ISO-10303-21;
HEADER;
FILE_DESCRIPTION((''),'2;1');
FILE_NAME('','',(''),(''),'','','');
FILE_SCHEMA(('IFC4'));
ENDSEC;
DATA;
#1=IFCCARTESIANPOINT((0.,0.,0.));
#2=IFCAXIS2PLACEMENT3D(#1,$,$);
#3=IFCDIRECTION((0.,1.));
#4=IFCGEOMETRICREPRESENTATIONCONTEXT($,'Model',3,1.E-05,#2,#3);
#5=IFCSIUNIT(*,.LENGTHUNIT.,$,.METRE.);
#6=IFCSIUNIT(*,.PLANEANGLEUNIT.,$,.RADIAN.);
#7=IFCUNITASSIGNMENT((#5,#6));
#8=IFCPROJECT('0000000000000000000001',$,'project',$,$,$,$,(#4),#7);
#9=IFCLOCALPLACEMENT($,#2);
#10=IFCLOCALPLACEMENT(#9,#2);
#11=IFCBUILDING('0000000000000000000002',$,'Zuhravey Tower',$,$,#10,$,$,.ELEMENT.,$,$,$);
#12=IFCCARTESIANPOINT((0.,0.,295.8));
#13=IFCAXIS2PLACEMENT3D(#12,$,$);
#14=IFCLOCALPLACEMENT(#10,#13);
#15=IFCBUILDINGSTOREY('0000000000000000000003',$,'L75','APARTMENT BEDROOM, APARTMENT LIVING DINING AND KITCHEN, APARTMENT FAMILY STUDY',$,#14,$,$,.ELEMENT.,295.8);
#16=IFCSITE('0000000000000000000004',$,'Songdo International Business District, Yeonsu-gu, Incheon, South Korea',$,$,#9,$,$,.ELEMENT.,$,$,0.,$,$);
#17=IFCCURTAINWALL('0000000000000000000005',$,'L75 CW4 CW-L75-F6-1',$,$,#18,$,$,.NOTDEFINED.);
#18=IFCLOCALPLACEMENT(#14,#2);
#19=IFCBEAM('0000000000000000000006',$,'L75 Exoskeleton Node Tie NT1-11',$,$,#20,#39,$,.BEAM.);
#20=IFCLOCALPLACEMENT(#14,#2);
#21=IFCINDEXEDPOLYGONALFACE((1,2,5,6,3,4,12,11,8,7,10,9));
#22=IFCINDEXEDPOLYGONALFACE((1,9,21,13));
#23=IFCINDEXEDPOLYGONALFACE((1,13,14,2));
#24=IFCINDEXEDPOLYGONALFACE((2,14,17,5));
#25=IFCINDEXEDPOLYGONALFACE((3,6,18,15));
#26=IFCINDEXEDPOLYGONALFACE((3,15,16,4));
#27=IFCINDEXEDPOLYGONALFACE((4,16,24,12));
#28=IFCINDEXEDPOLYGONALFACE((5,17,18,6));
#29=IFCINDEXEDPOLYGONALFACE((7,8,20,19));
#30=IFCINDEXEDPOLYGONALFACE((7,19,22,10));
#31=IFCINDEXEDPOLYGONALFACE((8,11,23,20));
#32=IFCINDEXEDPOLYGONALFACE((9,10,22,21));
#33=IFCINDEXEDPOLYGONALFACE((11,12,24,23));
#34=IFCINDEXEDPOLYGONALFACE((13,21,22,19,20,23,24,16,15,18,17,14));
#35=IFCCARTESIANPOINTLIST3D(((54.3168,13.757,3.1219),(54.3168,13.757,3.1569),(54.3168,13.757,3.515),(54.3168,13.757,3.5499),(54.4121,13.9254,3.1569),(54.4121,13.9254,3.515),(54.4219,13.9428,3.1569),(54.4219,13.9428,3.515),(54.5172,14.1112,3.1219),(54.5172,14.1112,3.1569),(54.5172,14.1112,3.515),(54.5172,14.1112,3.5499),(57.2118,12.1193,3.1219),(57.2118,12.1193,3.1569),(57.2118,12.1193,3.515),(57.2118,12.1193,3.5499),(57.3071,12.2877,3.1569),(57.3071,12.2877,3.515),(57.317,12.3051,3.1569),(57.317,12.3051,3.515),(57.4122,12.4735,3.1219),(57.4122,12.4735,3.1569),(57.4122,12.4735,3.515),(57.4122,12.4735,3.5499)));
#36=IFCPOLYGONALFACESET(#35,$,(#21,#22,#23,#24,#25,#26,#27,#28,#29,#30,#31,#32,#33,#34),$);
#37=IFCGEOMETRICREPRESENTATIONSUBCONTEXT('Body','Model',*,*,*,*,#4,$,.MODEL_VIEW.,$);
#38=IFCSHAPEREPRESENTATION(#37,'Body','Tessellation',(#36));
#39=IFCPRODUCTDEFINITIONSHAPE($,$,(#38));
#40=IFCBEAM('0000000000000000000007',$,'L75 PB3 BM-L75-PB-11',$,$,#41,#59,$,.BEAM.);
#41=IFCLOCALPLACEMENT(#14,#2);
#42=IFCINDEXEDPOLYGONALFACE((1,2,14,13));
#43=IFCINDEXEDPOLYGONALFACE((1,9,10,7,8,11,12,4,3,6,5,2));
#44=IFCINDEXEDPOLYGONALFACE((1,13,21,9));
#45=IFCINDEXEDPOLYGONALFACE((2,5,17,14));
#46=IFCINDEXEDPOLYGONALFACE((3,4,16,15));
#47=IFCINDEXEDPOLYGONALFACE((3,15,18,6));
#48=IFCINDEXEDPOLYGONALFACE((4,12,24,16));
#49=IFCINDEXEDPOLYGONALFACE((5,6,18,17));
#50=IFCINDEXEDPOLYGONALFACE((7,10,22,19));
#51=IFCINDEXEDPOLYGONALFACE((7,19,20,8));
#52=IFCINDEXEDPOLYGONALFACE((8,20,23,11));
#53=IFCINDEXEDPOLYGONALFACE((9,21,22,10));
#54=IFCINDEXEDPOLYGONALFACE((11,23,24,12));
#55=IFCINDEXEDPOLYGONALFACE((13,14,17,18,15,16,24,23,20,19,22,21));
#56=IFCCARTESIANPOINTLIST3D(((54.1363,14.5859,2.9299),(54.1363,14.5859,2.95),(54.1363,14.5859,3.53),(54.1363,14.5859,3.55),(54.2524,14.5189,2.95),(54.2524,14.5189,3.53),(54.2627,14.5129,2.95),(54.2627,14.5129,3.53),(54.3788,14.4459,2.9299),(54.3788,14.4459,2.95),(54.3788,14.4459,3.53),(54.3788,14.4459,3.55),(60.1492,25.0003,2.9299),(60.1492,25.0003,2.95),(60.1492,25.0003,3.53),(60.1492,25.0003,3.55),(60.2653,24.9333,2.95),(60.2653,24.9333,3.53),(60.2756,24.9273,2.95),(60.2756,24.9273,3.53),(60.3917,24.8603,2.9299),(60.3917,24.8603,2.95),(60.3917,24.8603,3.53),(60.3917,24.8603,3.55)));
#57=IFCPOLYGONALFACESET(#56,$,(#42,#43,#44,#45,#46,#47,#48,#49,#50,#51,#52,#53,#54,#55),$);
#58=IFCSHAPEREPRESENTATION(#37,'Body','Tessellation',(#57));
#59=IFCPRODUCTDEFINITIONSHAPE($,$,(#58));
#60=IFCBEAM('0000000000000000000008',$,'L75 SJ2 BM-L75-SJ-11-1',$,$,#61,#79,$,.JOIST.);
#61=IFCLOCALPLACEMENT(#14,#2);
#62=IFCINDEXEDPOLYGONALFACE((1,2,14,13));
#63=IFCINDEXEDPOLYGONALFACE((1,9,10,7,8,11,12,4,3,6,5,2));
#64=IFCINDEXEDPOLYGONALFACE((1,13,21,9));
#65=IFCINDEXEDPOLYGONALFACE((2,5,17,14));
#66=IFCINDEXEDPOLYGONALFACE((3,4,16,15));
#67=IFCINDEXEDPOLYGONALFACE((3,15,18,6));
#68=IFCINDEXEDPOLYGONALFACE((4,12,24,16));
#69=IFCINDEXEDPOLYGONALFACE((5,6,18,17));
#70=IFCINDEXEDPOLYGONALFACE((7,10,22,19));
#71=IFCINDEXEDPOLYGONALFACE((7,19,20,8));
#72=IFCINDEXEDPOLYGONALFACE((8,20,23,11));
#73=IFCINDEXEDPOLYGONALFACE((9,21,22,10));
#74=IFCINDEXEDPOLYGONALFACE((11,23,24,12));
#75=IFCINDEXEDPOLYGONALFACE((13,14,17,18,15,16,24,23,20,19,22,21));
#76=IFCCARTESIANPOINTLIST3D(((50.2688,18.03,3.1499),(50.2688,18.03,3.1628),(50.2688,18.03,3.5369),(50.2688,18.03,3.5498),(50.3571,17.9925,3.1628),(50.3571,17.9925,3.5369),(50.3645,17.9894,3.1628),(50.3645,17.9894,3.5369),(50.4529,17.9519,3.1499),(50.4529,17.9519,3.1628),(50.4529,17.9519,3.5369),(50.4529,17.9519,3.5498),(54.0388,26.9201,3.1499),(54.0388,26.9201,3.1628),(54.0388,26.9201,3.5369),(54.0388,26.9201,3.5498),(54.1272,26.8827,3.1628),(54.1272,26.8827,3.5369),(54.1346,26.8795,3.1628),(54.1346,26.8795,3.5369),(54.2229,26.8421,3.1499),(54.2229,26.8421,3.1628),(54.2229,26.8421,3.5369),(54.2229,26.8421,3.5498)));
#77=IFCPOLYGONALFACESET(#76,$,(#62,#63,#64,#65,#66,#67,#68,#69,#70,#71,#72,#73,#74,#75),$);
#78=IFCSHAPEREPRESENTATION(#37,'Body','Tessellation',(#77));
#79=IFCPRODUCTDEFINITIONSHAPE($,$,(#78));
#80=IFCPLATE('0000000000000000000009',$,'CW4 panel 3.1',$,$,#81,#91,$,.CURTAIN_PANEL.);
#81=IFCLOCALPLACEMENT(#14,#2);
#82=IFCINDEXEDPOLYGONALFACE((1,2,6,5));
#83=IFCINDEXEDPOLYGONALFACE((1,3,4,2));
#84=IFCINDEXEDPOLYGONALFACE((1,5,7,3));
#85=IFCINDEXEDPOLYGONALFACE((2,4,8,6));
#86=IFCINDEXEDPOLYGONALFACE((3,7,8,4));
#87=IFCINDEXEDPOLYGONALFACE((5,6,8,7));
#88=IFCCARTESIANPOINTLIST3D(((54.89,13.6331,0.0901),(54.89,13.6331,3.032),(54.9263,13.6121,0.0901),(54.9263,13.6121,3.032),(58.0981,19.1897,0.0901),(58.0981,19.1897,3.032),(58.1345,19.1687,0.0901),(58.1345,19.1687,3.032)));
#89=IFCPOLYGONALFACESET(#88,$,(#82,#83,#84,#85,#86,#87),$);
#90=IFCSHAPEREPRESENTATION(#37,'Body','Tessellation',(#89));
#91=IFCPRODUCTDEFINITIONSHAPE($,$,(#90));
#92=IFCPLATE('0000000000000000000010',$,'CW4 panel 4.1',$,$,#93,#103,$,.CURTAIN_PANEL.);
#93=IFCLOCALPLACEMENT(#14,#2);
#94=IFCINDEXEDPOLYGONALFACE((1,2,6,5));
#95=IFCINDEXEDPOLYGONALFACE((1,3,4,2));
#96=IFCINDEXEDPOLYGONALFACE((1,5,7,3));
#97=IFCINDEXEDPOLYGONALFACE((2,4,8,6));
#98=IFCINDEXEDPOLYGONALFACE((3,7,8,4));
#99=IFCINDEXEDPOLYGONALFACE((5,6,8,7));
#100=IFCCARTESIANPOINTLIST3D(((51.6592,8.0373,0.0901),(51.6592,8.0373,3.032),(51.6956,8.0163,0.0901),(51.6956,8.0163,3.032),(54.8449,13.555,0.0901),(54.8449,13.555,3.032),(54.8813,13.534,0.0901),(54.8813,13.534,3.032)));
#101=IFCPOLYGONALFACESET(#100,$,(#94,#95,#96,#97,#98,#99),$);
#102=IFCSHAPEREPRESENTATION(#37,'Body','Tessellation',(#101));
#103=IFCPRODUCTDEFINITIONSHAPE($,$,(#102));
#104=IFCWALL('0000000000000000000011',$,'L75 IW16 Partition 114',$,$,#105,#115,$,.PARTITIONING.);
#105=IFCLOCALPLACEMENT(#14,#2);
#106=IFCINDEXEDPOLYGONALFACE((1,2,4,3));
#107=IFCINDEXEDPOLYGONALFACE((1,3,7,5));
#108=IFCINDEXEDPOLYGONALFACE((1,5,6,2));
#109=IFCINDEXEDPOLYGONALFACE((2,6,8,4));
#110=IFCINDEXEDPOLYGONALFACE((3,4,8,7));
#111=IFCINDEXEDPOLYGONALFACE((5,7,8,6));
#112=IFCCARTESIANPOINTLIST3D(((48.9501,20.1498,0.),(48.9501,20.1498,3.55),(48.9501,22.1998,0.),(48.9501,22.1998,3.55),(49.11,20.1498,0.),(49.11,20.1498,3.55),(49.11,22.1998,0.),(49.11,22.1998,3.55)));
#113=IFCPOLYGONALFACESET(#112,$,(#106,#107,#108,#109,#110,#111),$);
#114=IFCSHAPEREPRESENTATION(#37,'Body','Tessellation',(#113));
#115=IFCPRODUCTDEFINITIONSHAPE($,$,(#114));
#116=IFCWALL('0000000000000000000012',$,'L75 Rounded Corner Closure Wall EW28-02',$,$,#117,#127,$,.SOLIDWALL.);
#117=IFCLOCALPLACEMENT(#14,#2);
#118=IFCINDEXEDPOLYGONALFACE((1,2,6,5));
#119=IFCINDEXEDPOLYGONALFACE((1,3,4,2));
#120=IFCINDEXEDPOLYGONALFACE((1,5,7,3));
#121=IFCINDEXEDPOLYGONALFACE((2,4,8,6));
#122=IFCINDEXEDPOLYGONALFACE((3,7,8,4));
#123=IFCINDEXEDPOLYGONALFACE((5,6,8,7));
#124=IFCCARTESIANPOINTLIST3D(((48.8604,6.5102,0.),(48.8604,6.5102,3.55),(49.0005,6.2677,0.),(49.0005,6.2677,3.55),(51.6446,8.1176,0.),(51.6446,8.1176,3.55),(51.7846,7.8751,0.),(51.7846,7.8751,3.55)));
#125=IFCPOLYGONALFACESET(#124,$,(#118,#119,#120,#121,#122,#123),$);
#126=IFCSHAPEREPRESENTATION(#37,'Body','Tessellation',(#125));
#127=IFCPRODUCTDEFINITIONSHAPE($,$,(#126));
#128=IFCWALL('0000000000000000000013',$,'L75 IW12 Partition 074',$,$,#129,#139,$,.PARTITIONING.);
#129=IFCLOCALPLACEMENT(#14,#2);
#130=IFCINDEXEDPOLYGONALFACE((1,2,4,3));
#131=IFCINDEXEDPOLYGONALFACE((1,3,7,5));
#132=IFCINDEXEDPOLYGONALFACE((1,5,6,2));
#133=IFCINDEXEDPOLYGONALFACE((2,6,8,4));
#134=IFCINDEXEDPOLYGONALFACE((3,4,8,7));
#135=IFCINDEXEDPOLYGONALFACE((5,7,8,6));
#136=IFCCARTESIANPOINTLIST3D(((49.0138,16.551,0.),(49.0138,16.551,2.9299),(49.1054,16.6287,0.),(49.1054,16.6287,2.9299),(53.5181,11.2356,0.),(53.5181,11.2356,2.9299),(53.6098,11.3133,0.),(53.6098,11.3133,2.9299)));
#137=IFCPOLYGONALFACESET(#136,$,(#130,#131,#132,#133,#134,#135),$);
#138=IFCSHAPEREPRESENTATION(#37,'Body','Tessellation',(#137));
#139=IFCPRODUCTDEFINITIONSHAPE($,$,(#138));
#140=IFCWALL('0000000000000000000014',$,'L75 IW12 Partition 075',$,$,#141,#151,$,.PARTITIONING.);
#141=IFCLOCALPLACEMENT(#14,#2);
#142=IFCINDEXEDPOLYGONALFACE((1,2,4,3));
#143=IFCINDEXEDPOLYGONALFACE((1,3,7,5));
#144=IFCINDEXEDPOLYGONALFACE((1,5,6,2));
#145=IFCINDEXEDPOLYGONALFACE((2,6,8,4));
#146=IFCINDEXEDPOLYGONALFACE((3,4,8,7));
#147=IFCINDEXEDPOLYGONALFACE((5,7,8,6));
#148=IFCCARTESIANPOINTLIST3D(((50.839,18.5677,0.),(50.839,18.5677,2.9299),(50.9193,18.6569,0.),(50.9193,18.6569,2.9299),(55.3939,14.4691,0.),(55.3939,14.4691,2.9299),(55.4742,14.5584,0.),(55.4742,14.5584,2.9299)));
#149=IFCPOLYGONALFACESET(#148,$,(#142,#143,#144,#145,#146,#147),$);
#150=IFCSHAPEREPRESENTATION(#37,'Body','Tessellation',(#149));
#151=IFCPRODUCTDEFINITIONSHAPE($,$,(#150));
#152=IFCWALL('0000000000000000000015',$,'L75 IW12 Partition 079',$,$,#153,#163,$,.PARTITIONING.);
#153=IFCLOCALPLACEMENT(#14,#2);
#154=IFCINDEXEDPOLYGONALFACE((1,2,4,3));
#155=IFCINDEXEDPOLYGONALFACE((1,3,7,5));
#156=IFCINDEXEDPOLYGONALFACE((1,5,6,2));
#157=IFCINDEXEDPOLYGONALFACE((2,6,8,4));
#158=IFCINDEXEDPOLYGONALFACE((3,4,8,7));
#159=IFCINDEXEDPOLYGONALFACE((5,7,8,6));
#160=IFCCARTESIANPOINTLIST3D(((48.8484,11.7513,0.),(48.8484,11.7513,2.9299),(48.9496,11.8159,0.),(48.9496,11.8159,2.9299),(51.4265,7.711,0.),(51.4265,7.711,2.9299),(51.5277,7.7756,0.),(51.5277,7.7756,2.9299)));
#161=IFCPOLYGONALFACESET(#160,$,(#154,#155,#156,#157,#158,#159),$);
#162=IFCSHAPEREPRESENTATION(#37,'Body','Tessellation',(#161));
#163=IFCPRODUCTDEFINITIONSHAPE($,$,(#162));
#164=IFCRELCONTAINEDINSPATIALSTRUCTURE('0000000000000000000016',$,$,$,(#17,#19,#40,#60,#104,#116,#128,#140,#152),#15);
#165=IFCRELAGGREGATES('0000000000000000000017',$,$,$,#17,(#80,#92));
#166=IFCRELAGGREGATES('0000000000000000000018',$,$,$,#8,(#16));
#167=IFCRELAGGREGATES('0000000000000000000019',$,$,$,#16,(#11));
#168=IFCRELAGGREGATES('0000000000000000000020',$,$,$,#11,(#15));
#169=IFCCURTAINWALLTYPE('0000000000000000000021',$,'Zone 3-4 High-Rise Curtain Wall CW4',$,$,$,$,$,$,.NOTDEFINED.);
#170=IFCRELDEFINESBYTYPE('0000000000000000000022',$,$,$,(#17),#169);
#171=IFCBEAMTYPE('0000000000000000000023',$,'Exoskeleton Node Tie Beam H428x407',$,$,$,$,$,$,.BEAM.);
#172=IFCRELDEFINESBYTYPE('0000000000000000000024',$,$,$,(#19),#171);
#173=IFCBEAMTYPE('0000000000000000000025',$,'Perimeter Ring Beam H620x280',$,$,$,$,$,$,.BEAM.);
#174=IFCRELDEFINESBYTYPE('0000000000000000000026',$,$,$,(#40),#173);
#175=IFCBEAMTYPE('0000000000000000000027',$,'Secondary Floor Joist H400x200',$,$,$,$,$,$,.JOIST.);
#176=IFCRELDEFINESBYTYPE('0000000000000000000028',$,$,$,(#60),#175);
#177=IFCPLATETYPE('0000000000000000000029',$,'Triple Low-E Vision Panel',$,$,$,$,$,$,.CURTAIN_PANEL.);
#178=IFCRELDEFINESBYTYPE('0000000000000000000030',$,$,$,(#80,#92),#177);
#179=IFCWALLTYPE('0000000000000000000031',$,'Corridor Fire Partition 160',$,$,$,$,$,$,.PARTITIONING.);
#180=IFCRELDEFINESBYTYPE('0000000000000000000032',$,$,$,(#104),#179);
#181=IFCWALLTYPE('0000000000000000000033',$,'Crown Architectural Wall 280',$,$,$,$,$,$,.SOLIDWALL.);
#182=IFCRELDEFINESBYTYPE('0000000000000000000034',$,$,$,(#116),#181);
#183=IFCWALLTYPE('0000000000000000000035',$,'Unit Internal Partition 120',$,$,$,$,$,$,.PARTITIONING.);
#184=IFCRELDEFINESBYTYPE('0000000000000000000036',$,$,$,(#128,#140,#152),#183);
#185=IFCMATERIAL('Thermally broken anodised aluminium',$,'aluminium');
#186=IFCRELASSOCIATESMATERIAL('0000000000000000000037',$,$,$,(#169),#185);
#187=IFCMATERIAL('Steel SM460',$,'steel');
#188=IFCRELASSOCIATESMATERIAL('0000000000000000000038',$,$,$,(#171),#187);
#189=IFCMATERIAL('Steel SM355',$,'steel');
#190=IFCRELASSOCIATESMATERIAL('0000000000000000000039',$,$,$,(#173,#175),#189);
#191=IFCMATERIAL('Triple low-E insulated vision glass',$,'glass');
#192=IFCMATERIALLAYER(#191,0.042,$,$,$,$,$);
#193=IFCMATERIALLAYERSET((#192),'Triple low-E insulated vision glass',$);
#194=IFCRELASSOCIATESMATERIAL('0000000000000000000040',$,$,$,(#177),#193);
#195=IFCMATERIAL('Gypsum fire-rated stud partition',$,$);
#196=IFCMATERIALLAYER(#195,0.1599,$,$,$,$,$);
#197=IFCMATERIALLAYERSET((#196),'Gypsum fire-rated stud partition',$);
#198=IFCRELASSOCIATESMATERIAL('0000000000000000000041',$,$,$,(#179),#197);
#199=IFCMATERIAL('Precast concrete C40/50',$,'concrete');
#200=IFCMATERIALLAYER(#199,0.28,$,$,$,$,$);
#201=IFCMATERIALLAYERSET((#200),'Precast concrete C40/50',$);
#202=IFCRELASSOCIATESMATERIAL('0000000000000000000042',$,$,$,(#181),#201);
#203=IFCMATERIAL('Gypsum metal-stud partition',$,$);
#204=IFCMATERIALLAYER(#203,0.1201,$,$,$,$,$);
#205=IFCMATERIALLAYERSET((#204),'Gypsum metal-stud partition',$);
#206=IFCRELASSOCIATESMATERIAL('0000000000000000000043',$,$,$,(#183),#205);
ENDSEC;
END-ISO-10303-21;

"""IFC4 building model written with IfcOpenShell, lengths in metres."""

from ifc_helpers import new_model, si_unit, direction, frame, frame_2d, origin, origin_2d, place, context, subcontext, project, spatial, rectangle, i_section, extrude, material, layer, layer_set, material_profile, profile_set, type_object, element, aggregate, save


model = new_model("IFC4")

# Units and contexts
model_context = context("Model", 3, precision=1e-05, world=origin(), true_north=direction((0.0, 1.0)))
body_context = subcontext(model_context, "Body", "Model", "MODEL_VIEW")
ifc_project = project(units=[si_unit("LENGTHUNIT", "METRE"), si_unit("PLANEANGLEUNIT", "RADIAN")], contexts=[model_context])

# Site, building, storey
site_placement = place(None, origin())
site = spatial("IfcSite", under=ifc_project, at=site_placement, Name="Songdo International Business District, Yeonsu-gu, Incheon, South Korea", CompositionType="ELEMENT", RefElevation=0.0)
building_placement = place(site_placement, origin())
building = spatial("IfcBuilding", under=site, at=building_placement, Name="Zuhravey Tower", CompositionType="ELEMENT")
storey_placement = place(building_placement, frame((0.0, 0.0, 295.8)))
storey = spatial("IfcBuildingStorey", under=building, at=storey_placement, Name="L75", Description="APARTMENT BEDROOM, APARTMENT LIVING DINING AND KITCHEN, APARTMENT FAMILY STUDY", CompositionType="ELEMENT", Elevation=295.8)

# Curtain wall
ifc_material_1 = material(Name="Thermally broken anodised aluminium", Category="aluminium")
curtain_wall_type = type_object("IfcCurtainWallType", Name="Zone 3-4 High-Rise Curtain Wall CW4", PredefinedType="NOTDEFINED", material=ifc_material_1)
curtain_wall_1_placement = place(storey_placement, origin())
curtain_wall_1 = element("IfcCurtainWall", 1, at=curtain_wall_1_placement, inside=storey, type_object=curtain_wall_type, Name="L75 CW4 CW-L75-F6-1", PredefinedType="NOTDEFINED")

# Beams
ifc_material_2 = material(Name="Steel SM460", Category="steel")
ifc_material_profile_1 = material_profile(ifc_material_2, i_section(OverallWidth=0.407, OverallDepth=0.428, WebThickness=0.02, FlangeThickness=0.0349, at=origin_2d()), Name="H-428x407x20x35")
ifc_profile_set_1 = profile_set([ifc_material_profile_1], Name="Steel SM460")
beam_type_1 = type_object("IfcBeamType", Name="Exoskeleton Node Tie Beam H428x407", PredefinedType="BEAM", material=ifc_profile_set_1)
beam_1_placement = place(storey_placement, frame((54.417, 13.9341, 3.3359), z_axis=(0.870385, -0.492372, 0.0), x_axis=(0.492372, 0.870385, 0.0)))
element("IfcBeam", 2, at=beam_1_placement, inside=storey, type_object=beam_type_1, Name="L75 Exoskeleton Node Tie NT1-11", PredefinedType="BEAM", context=body_context, shape_type="SweptSolid", body=[
    extrude(i_section(OverallWidth=0.407, OverallDepth=0.428, WebThickness=0.02, FlangeThickness=0.0349, at=origin_2d()), origin(), (0.0, 0.0, 1.0), 3.3262),
])
ifc_material_3 = material(Name="Steel SM355", Category="steel")
ifc_material_profile_2 = material_profile(ifc_material_3, i_section(OverallWidth=0.28, OverallDepth=0.6201, WebThickness=0.012, FlangeThickness=0.02, at=origin_2d()), Name="H-620x280x12x20")
ifc_profile_set_2 = profile_set([ifc_material_profile_2], Name="Steel SM355")
beam_type_2 = type_object("IfcBeamType", Name="Perimeter Ring Beam H620x280", PredefinedType="BEAM", material=ifc_profile_set_2)
beam_2_placement = place(storey_placement, frame((54.2576, 14.5159, 3.24), z_axis=(0.500006, 0.866022, 0.0), x_axis=(-0.866022, 0.500006, 0.0)))
element("IfcBeam", 3, at=beam_2_placement, inside=storey, type_object=beam_type_2, Name="L75 PB3 BM-L75-PB-11", PredefinedType="BEAM", context=body_context, shape_type="SweptSolid", body=[
    extrude(i_section(OverallWidth=0.28, OverallDepth=0.6201, WebThickness=0.012, FlangeThickness=0.02, at=origin_2d()), origin(), (0.0, 0.0, 1.0), 12.0256),
])
ifc_material_profile_3 = material_profile(ifc_material_3, i_section(OverallWidth=0.2, OverallDepth=0.3999, WebThickness=0.0081, FlangeThickness=0.0129, at=origin_2d()), Name="H-400x200x8x13")
ifc_profile_set_3 = profile_set([ifc_material_profile_3], Name="Steel SM355")
beam_type_3 = type_object("IfcBeamType", Name="Secondary Floor Joist H400x200", PredefinedType="JOIST", material=ifc_profile_set_3)
beam_3_placement = place(storey_placement, frame((50.3608, 17.991, 3.3499), z_axis=(0.390413, 0.92064, 0.0), x_axis=(-0.92064, 0.390413, 0.0)))
element("IfcBeam", 4, at=beam_3_placement, inside=storey, type_object=beam_type_3, Name="L75 SJ2 BM-L75-SJ-11-1", PredefinedType="JOIST", context=body_context, shape_type="SweptSolid", body=[
    extrude(i_section(OverallWidth=0.2, OverallDepth=0.3999, WebThickness=0.0081, FlangeThickness=0.0129, at=origin_2d()), origin(), (0.0, 0.0, 1.0), 9.6565),
])

# Plates
ifc_material_4 = material(Name="Triple low-E insulated vision glass", Category="glass")
ifc_layer_1 = layer(ifc_material_4, 0.042)
ifc_layer_set_1 = layer_set([ifc_layer_1], Name="Triple low-E insulated vision glass")
plate_type = type_object("IfcPlateType", Name="Triple Low-E Vision Panel", PredefinedType="CURTAIN_PANEL", material=ifc_layer_set_1)
plate_1_placement = place(storey_placement, frame((56.5122, 16.4009, 0.0901), z_axis=(0.0, 0.0, 1.0), x_axis=(-0.500001, -0.866025, 0.0)))
plate_1 = element("IfcPlate", 5, at=plate_1_placement, type_object=plate_type, Name="CW4 panel 3.1", PredefinedType="CURTAIN_PANEL", context=body_context, shape_type="SweptSolid", body=[
    extrude(rectangle(XDim=6.4163, YDim=0.042, at=origin_2d()), origin(), (0.0, 0.0, 1.0), 2.9419),
])
plate_2_placement = place(storey_placement, frame((53.2703, 10.7856, 0.0901), z_axis=(0.0, 0.0, 1.0), x_axis=(-0.500001, -0.866025, 0.0)))
plate_2 = element("IfcPlate", 6, at=plate_2_placement, type_object=plate_type, Name="CW4 panel 4.1", PredefinedType="CURTAIN_PANEL", context=body_context, shape_type="SweptSolid", body=[
    extrude(rectangle(XDim=6.3713, YDim=0.042, at=origin_2d()), origin(), (0.0, 0.0, 1.0), 2.9419),
])
aggregate(curtain_wall_1, [plate_1, plate_2])

# Walls
ifc_material_5 = material(Name="Gypsum fire-rated stud partition")
ifc_layer_2 = layer(ifc_material_5, 0.1599)
ifc_layer_set_2 = layer_set([ifc_layer_2], Name="Gypsum fire-rated stud partition")
wall_type_1 = type_object("IfcWallType", Name="Corridor Fire Partition 160", PredefinedType="PARTITIONING", material=ifc_layer_set_2)
wall_1_placement = place(storey_placement, frame((49.03, 20.1499, 0.0), z_axis=(0.0, 0.0, 1.0), x_axis=(0.0, 1.0, 0.0)))
element("IfcWall", 7, at=wall_1_placement, inside=storey, type_object=wall_type_1, Name="L75 IW16 Partition 114", PredefinedType="PARTITIONING", context=body_context, shape_type="SweptSolid", body=[
    extrude(rectangle(XDim=2.05, YDim=0.1599, at=frame_2d((1.0249, 0.0))), origin(), (0.0, 0.0, 1.0), 3.55),
])
ifc_material_6 = material(Name="Precast concrete C40/50", Category="concrete")
ifc_layer_3 = layer(ifc_material_6, 0.28)
ifc_layer_set_3 = layer_set([ifc_layer_3], Name="Precast concrete C40/50")
wall_type_2 = type_object("IfcWallType", Name="Crown Architectural Wall 280", PredefinedType="SOLIDWALL", material=ifc_layer_set_3)
wall_2_placement = place(storey_placement, frame((51.7146, 7.9963, 0.0), z_axis=(0.0, 0.0, 1.0), x_axis=(-0.866029, -0.499994, 0.0)))
element("IfcWall", 8, at=wall_2_placement, inside=storey, type_object=wall_type_2, Name="L75 Rounded Corner Closure Wall EW28-02", PredefinedType="SOLIDWALL", context=body_context, shape_type="SweptSolid", body=[
    extrude(rectangle(XDim=3.2148, YDim=0.28, at=frame_2d((1.6074, 0.0))), origin(), (0.0, 0.0, 1.0), 3.55),
])
ifc_material_7 = material(Name="Gypsum metal-stud partition")
ifc_layer_4 = layer(ifc_material_7, 0.1201)
ifc_layer_set_4 = layer_set([ifc_layer_4], Name="Gypsum metal-stud partition")
wall_type_3 = type_object("IfcWallType", Name="Unit Internal Partition 120", PredefinedType="PARTITIONING", material=ifc_layer_set_4)
wall_3_placement = place(storey_placement, frame((49.0596, 16.5898, 0.0), z_axis=(0.0, 0.0, 1.0), x_axis=(0.646504, -0.76291, 0.0)))
element("IfcWall", 9, at=wall_3_placement, inside=storey, type_object=wall_type_3, Name="L75 IW12 Partition 074", PredefinedType="PARTITIONING", context=body_context, shape_type="SweptSolid", body=[
    extrude(rectangle(XDim=6.9673, YDim=0.1201, at=frame_2d((3.4836, 0.0))), origin(), (0.0, 0.0, 1.0), 2.9299),
])
wall_4_placement = place(storey_placement, frame((50.8792, 18.6123, 0.0), z_axis=(0.0, 0.0, 1.0), x_axis=(0.74336, -0.668892, 0.0)))
element("IfcWall", 10, at=wall_4_placement, inside=storey, type_object=wall_type_3, Name="L75 IW12 Partition 075", PredefinedType="PARTITIONING", context=body_context, shape_type="SweptSolid", body=[
    extrude(rectangle(XDim=6.1274, YDim=0.1201, at=frame_2d((3.0637, 0.0))), origin(), (0.0, 0.0, 1.0), 2.9299),
])
wall_5_placement = place(storey_placement, frame((48.8989, 11.7837, 0.0), z_axis=(0.0, 0.0, 1.0), x_axis=(0.53792, -0.842996, 0.0)))
element("IfcWall", 11, at=wall_5_placement, inside=storey, type_object=wall_type_3, Name="L75 IW12 Partition 079", PredefinedType="PARTITIONING", context=body_context, shape_type="SweptSolid", body=[
    extrude(rectangle(XDim=4.7927, YDim=0.1201, at=frame_2d((2.3965, 0.0))), origin(), (0.0, 0.0, 1.0), 2.9299),
])

save(model, "model.ifc")
